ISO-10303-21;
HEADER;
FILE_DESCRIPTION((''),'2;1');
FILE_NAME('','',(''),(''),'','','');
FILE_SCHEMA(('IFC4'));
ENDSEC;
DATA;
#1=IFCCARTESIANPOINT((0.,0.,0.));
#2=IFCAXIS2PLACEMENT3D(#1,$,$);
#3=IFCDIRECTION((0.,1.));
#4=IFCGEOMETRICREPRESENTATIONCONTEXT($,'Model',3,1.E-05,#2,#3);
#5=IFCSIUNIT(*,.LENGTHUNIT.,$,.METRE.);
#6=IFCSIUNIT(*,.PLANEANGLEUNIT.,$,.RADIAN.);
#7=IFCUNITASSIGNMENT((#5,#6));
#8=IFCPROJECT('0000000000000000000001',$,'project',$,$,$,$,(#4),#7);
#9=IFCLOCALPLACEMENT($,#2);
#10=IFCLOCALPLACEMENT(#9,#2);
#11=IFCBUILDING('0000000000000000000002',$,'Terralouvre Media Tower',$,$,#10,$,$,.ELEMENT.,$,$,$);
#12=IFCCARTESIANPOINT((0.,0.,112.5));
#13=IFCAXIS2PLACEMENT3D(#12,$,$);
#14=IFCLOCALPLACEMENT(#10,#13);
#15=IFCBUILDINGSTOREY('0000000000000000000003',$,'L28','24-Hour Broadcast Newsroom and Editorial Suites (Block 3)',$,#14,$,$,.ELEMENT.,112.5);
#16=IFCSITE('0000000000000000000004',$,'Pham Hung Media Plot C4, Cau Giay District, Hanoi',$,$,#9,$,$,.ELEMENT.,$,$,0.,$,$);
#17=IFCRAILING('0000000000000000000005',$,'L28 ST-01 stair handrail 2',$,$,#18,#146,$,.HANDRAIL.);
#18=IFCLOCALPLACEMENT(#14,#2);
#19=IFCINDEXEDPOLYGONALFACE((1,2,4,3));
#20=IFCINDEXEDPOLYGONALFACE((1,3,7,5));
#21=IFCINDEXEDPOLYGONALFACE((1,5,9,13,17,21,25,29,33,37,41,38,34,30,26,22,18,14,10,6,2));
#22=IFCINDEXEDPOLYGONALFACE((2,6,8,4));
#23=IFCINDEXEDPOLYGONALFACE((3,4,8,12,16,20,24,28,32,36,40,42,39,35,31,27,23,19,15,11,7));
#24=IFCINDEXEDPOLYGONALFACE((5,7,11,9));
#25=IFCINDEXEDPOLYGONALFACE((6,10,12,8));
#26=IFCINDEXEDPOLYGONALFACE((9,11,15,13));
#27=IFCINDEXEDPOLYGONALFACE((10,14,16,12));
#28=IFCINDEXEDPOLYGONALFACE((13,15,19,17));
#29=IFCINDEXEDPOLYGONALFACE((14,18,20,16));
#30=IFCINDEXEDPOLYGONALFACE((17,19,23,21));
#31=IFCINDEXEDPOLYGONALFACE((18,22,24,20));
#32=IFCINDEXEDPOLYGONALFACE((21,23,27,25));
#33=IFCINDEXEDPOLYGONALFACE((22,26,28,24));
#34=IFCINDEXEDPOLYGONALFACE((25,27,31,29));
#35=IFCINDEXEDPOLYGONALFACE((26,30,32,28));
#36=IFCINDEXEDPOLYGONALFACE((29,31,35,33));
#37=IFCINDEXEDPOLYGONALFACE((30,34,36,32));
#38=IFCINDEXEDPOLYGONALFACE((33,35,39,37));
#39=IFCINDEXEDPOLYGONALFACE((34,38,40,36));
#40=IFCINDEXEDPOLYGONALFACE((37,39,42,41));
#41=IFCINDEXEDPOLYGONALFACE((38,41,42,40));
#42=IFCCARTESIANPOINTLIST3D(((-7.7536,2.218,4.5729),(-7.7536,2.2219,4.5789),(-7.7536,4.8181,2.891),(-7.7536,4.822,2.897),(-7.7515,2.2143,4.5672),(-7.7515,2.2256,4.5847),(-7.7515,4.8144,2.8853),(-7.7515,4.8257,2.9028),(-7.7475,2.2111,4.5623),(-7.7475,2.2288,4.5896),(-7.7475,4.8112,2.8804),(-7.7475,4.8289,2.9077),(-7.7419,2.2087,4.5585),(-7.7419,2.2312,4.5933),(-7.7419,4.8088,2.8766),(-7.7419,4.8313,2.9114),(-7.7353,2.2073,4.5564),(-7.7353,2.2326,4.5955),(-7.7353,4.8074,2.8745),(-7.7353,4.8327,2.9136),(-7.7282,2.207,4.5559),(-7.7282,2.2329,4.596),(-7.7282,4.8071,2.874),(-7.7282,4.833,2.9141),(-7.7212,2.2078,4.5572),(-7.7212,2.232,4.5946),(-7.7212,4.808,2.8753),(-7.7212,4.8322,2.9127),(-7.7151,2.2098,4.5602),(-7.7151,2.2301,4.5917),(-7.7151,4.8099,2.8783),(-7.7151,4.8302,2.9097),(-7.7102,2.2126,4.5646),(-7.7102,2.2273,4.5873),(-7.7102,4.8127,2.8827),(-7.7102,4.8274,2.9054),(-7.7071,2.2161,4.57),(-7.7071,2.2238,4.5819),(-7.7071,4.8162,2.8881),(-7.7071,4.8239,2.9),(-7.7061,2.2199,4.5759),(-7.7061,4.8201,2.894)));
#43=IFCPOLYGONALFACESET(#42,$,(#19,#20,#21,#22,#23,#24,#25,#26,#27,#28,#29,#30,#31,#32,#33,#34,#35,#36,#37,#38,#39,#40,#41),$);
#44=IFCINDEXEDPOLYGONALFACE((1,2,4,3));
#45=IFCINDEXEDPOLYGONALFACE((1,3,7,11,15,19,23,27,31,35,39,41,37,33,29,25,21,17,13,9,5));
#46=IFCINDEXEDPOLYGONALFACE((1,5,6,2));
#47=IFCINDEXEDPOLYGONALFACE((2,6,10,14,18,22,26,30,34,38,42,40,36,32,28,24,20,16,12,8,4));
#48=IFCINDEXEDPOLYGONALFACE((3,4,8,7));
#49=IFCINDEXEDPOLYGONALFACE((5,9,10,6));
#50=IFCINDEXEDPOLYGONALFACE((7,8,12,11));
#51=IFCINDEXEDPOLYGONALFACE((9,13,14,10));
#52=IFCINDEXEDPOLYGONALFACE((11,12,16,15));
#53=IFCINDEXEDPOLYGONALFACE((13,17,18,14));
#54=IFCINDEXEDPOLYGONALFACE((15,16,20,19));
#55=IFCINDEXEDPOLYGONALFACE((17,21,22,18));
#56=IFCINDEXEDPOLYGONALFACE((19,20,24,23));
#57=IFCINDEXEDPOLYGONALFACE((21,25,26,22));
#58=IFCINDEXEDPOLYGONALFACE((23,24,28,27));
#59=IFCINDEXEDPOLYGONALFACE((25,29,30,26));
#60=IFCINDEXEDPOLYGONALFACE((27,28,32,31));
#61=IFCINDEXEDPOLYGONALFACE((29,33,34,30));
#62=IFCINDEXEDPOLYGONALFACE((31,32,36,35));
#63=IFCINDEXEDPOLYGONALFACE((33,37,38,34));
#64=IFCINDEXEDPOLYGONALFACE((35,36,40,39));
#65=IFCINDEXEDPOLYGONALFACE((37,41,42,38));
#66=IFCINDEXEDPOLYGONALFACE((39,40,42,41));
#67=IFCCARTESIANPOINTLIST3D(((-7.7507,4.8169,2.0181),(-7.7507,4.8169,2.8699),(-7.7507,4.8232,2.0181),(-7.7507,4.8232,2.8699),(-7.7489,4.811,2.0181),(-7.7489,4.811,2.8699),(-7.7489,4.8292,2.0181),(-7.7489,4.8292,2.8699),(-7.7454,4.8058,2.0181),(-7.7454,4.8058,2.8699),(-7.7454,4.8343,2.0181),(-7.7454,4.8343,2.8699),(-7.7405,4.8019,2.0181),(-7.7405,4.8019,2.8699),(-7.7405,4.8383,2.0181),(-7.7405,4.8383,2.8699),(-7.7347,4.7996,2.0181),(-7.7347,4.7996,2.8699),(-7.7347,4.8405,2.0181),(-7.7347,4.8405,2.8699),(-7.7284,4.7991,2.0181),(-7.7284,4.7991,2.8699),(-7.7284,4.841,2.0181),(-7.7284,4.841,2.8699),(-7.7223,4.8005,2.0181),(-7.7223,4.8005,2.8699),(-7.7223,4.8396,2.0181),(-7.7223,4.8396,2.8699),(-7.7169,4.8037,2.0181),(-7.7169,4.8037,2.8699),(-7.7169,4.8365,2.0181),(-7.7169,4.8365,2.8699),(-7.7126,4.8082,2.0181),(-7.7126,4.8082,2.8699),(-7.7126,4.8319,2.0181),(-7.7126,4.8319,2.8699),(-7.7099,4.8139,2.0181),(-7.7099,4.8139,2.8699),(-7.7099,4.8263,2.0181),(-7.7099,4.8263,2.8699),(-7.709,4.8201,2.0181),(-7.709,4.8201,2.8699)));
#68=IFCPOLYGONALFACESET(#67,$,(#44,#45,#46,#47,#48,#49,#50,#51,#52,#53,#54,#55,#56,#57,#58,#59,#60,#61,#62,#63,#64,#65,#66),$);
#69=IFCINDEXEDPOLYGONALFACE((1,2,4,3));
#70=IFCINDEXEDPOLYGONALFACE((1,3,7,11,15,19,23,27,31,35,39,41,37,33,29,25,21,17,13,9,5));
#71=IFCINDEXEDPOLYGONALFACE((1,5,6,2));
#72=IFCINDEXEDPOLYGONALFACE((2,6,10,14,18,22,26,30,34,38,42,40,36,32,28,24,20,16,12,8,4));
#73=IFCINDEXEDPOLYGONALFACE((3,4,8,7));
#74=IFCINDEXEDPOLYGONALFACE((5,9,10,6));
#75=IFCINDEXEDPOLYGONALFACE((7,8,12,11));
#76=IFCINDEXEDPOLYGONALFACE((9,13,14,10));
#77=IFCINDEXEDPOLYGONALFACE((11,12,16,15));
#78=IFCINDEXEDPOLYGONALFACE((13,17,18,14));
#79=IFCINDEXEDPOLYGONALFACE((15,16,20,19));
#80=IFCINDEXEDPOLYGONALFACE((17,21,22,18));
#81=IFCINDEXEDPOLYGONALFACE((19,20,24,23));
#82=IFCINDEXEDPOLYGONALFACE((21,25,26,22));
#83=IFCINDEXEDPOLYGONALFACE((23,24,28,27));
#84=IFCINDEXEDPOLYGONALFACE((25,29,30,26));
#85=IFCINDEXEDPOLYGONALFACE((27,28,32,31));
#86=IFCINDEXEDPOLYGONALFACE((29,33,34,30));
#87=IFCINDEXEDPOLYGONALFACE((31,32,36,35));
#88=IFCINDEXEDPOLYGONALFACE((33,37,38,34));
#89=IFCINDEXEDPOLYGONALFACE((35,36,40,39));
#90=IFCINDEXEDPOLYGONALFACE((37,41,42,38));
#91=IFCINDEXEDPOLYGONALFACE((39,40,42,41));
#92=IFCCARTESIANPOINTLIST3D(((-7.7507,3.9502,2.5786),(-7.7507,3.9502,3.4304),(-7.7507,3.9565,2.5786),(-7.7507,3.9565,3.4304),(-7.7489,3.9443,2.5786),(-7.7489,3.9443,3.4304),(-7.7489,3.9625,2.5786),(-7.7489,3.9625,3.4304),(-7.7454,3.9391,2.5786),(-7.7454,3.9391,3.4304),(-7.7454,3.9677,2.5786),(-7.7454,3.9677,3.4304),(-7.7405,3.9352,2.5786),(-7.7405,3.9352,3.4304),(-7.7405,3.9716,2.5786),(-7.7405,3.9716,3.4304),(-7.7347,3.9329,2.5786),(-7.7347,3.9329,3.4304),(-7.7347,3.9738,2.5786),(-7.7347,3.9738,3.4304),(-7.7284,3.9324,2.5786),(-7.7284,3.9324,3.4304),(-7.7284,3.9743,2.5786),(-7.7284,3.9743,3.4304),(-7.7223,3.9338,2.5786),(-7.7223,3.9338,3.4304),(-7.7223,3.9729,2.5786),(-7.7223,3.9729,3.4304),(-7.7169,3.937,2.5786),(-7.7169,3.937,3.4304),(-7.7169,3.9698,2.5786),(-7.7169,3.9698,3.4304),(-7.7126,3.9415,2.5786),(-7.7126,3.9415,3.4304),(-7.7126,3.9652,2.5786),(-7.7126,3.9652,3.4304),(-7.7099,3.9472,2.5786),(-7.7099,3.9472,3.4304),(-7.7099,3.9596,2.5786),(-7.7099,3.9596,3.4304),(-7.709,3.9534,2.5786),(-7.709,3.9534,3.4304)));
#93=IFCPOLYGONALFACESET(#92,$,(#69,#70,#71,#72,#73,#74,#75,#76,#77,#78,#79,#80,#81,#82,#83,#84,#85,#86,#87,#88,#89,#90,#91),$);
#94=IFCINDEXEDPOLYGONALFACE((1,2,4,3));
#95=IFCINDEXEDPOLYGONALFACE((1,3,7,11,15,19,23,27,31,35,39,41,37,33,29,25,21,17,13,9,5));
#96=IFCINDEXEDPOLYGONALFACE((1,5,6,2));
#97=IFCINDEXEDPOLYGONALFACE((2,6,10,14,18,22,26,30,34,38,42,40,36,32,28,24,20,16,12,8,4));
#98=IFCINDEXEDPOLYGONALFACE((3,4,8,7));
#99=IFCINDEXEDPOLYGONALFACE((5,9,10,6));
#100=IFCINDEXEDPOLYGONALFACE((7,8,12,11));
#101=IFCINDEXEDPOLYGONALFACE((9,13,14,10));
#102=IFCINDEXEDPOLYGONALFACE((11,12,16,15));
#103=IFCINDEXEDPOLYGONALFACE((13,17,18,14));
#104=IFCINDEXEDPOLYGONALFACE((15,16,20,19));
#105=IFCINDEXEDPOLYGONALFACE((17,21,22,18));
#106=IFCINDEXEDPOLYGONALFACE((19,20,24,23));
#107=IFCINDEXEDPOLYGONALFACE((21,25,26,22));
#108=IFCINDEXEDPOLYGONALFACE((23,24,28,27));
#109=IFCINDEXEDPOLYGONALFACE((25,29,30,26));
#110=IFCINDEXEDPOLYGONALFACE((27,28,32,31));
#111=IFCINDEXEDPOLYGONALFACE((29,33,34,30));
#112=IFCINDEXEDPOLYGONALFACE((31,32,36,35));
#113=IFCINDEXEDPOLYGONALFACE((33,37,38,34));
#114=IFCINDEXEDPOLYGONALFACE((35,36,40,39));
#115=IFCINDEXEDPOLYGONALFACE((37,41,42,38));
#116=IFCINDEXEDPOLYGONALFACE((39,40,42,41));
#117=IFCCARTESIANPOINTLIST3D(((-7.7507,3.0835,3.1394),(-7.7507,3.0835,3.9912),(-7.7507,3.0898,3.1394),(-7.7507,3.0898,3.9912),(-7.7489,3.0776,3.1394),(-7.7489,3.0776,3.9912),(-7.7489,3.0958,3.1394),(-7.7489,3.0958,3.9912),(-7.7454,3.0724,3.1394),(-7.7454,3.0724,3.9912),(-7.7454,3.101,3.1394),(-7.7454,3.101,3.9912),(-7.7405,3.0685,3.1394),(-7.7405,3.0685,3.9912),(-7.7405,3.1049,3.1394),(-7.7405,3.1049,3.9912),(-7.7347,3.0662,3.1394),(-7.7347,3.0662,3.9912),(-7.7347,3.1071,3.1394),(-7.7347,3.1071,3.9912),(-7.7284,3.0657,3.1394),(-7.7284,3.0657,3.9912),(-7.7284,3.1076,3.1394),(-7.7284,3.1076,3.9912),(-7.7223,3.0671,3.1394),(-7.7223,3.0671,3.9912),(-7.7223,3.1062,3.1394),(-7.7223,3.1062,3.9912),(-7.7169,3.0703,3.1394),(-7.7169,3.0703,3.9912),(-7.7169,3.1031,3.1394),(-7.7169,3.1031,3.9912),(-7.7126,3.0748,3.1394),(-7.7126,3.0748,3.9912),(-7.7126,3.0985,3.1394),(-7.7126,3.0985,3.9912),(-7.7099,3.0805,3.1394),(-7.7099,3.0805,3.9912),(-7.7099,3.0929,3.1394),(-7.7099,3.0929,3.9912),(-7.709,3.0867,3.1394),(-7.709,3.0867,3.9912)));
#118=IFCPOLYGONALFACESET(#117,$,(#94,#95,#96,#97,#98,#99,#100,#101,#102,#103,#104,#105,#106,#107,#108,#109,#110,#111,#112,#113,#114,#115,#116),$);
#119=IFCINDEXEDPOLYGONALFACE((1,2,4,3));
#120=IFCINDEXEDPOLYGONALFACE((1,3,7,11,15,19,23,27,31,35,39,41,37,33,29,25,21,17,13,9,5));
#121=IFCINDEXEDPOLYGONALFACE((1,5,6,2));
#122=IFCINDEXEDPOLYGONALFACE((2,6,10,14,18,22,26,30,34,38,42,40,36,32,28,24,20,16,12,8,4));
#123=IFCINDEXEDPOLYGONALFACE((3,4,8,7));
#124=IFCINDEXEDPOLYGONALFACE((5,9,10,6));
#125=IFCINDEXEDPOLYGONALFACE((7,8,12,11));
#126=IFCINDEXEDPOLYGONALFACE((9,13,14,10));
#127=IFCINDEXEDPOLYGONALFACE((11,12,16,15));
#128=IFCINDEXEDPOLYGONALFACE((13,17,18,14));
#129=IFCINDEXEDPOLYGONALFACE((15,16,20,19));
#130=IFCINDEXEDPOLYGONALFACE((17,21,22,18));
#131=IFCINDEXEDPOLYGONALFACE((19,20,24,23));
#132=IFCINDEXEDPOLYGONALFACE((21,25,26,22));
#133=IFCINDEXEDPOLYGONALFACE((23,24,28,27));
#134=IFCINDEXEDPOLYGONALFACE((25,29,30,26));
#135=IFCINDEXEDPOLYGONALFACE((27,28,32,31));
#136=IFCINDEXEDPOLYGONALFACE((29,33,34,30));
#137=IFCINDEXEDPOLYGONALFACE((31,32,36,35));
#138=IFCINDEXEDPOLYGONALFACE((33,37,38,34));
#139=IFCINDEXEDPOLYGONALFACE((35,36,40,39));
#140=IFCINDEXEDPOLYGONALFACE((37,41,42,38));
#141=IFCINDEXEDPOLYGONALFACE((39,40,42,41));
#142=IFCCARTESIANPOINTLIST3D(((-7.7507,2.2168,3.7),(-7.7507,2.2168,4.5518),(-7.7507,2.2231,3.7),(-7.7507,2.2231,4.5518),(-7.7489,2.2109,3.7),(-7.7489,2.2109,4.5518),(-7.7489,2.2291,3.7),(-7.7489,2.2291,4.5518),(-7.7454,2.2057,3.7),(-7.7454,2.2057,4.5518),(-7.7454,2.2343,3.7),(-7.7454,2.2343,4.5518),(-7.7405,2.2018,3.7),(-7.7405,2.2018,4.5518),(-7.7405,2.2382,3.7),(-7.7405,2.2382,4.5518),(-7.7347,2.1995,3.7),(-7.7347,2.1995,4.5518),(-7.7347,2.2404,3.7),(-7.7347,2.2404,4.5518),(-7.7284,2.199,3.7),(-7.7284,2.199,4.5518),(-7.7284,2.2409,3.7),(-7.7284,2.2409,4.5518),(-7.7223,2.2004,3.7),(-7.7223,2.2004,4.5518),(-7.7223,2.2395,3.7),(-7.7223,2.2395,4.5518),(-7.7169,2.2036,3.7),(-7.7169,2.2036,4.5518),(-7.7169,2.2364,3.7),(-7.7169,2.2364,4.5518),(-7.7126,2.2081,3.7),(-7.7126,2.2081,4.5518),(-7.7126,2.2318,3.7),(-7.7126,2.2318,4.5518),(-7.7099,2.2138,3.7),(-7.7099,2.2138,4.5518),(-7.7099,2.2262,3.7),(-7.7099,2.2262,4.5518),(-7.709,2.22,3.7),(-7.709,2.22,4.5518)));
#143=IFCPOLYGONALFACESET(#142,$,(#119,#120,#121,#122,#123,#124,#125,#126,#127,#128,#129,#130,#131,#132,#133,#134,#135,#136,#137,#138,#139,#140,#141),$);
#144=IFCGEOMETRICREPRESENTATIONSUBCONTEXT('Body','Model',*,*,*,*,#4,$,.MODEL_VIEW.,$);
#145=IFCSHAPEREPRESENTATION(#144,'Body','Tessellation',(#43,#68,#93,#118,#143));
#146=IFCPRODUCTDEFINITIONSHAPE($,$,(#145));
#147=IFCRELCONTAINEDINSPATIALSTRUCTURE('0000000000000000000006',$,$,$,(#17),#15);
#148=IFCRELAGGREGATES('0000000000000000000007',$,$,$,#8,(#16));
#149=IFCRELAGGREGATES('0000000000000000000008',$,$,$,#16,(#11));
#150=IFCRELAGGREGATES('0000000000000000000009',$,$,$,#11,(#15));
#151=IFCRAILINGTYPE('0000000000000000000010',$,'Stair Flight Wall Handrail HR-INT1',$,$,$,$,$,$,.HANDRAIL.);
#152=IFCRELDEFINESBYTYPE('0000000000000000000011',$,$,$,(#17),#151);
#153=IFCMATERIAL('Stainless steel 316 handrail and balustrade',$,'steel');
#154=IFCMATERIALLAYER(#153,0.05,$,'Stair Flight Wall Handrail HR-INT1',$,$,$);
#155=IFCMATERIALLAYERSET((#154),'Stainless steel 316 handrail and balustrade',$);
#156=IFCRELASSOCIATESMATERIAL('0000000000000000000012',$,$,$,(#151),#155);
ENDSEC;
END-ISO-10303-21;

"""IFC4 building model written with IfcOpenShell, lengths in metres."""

from ifc_helpers import new_model, si_unit, direction, frame, origin, origin_2d, place, context, subcontext, project, spatial, circle, extrude, material, layer, layer_set, type_object, element, save


model = new_model("IFC4")

# Units and contexts
model_context = context("Model", 3, precision=1e-05, world=origin(), true_north=direction((0.0, 1.0)))
body_context = subcontext(model_context, "Body", "Model", "MODEL_VIEW")
ifc_project = project(units=[si_unit("LENGTHUNIT", "METRE"), si_unit("PLANEANGLEUNIT", "RADIAN")], contexts=[model_context])

# Site, building, storey
site_placement = place(None, origin())
site = spatial("IfcSite", under=ifc_project, at=site_placement, Name="Pham Hung Media Plot C4, Cau Giay District, Hanoi", CompositionType="ELEMENT", RefElevation=0.0)
building_placement = place(site_placement, origin())
building = spatial("IfcBuilding", under=site, at=building_placement, Name="Terralouvre Media Tower", CompositionType="ELEMENT")
storey_placement = place(building_placement, frame((0.0, 0.0, 112.5)))
storey = spatial("IfcBuildingStorey", under=building, at=storey_placement, Name="L28", Description="24-Hour Broadcast Newsroom and Editorial Suites (Block 3)", CompositionType="ELEMENT", Elevation=112.5)

# Railing
ifc_material_1 = material(Name="Stainless steel 316 handrail and balustrade", Category="steel")
ifc_layer_1 = layer(ifc_material_1, 0.05, Name="Stair Flight Wall Handrail HR-INT1")
ifc_layer_set_1 = layer_set([ifc_layer_1], Name="Stainless steel 316 handrail and balustrade")
railing_type_1 = type_object("IfcRailingType", Name="Stair Flight Wall Handrail HR-INT1", PredefinedType="HANDRAIL", material=ifc_layer_set_1)
railing_1_placement = place(storey_placement, frame((-7.73, 4.8201, 2.0181)))
element("IfcRailing", 1, at=railing_1_placement, inside=storey, type_object=railing_type_1, Name="L28 ST-01 stair handrail 2", PredefinedType="HANDRAIL", context=body_context, shape_type="SweptSolid", body=[
    extrude(circle(Radius=0.0239, at=origin_2d()), frame((0.0, 0.0, 0.876), z_axis=(0.0, -0.839648, 0.54313), x_axis=(1.0, 0.0, 0.0)), (0.0, 0.0, 1.0), 3.0967),
    extrude(circle(Radius=0.021, at=origin_2d()), origin(), (0.0, 0.0, 1.0), 0.8518),
    extrude(circle(Radius=0.021, at=origin_2d()), frame((0.0, -0.8667, 0.5605)), (0.0, 0.0, 1.0), 0.8518),
    extrude(circle(Radius=0.021, at=origin_2d()), frame((0.0, -1.7334, 1.1213)), (0.0, 0.0, 1.0), 0.8518),
    extrude(circle(Radius=0.021, at=origin_2d()), frame((0.0, -2.6001, 1.6819)), (0.0, 0.0, 1.0), 0.8518),
])

save(model, "model.ifc")
